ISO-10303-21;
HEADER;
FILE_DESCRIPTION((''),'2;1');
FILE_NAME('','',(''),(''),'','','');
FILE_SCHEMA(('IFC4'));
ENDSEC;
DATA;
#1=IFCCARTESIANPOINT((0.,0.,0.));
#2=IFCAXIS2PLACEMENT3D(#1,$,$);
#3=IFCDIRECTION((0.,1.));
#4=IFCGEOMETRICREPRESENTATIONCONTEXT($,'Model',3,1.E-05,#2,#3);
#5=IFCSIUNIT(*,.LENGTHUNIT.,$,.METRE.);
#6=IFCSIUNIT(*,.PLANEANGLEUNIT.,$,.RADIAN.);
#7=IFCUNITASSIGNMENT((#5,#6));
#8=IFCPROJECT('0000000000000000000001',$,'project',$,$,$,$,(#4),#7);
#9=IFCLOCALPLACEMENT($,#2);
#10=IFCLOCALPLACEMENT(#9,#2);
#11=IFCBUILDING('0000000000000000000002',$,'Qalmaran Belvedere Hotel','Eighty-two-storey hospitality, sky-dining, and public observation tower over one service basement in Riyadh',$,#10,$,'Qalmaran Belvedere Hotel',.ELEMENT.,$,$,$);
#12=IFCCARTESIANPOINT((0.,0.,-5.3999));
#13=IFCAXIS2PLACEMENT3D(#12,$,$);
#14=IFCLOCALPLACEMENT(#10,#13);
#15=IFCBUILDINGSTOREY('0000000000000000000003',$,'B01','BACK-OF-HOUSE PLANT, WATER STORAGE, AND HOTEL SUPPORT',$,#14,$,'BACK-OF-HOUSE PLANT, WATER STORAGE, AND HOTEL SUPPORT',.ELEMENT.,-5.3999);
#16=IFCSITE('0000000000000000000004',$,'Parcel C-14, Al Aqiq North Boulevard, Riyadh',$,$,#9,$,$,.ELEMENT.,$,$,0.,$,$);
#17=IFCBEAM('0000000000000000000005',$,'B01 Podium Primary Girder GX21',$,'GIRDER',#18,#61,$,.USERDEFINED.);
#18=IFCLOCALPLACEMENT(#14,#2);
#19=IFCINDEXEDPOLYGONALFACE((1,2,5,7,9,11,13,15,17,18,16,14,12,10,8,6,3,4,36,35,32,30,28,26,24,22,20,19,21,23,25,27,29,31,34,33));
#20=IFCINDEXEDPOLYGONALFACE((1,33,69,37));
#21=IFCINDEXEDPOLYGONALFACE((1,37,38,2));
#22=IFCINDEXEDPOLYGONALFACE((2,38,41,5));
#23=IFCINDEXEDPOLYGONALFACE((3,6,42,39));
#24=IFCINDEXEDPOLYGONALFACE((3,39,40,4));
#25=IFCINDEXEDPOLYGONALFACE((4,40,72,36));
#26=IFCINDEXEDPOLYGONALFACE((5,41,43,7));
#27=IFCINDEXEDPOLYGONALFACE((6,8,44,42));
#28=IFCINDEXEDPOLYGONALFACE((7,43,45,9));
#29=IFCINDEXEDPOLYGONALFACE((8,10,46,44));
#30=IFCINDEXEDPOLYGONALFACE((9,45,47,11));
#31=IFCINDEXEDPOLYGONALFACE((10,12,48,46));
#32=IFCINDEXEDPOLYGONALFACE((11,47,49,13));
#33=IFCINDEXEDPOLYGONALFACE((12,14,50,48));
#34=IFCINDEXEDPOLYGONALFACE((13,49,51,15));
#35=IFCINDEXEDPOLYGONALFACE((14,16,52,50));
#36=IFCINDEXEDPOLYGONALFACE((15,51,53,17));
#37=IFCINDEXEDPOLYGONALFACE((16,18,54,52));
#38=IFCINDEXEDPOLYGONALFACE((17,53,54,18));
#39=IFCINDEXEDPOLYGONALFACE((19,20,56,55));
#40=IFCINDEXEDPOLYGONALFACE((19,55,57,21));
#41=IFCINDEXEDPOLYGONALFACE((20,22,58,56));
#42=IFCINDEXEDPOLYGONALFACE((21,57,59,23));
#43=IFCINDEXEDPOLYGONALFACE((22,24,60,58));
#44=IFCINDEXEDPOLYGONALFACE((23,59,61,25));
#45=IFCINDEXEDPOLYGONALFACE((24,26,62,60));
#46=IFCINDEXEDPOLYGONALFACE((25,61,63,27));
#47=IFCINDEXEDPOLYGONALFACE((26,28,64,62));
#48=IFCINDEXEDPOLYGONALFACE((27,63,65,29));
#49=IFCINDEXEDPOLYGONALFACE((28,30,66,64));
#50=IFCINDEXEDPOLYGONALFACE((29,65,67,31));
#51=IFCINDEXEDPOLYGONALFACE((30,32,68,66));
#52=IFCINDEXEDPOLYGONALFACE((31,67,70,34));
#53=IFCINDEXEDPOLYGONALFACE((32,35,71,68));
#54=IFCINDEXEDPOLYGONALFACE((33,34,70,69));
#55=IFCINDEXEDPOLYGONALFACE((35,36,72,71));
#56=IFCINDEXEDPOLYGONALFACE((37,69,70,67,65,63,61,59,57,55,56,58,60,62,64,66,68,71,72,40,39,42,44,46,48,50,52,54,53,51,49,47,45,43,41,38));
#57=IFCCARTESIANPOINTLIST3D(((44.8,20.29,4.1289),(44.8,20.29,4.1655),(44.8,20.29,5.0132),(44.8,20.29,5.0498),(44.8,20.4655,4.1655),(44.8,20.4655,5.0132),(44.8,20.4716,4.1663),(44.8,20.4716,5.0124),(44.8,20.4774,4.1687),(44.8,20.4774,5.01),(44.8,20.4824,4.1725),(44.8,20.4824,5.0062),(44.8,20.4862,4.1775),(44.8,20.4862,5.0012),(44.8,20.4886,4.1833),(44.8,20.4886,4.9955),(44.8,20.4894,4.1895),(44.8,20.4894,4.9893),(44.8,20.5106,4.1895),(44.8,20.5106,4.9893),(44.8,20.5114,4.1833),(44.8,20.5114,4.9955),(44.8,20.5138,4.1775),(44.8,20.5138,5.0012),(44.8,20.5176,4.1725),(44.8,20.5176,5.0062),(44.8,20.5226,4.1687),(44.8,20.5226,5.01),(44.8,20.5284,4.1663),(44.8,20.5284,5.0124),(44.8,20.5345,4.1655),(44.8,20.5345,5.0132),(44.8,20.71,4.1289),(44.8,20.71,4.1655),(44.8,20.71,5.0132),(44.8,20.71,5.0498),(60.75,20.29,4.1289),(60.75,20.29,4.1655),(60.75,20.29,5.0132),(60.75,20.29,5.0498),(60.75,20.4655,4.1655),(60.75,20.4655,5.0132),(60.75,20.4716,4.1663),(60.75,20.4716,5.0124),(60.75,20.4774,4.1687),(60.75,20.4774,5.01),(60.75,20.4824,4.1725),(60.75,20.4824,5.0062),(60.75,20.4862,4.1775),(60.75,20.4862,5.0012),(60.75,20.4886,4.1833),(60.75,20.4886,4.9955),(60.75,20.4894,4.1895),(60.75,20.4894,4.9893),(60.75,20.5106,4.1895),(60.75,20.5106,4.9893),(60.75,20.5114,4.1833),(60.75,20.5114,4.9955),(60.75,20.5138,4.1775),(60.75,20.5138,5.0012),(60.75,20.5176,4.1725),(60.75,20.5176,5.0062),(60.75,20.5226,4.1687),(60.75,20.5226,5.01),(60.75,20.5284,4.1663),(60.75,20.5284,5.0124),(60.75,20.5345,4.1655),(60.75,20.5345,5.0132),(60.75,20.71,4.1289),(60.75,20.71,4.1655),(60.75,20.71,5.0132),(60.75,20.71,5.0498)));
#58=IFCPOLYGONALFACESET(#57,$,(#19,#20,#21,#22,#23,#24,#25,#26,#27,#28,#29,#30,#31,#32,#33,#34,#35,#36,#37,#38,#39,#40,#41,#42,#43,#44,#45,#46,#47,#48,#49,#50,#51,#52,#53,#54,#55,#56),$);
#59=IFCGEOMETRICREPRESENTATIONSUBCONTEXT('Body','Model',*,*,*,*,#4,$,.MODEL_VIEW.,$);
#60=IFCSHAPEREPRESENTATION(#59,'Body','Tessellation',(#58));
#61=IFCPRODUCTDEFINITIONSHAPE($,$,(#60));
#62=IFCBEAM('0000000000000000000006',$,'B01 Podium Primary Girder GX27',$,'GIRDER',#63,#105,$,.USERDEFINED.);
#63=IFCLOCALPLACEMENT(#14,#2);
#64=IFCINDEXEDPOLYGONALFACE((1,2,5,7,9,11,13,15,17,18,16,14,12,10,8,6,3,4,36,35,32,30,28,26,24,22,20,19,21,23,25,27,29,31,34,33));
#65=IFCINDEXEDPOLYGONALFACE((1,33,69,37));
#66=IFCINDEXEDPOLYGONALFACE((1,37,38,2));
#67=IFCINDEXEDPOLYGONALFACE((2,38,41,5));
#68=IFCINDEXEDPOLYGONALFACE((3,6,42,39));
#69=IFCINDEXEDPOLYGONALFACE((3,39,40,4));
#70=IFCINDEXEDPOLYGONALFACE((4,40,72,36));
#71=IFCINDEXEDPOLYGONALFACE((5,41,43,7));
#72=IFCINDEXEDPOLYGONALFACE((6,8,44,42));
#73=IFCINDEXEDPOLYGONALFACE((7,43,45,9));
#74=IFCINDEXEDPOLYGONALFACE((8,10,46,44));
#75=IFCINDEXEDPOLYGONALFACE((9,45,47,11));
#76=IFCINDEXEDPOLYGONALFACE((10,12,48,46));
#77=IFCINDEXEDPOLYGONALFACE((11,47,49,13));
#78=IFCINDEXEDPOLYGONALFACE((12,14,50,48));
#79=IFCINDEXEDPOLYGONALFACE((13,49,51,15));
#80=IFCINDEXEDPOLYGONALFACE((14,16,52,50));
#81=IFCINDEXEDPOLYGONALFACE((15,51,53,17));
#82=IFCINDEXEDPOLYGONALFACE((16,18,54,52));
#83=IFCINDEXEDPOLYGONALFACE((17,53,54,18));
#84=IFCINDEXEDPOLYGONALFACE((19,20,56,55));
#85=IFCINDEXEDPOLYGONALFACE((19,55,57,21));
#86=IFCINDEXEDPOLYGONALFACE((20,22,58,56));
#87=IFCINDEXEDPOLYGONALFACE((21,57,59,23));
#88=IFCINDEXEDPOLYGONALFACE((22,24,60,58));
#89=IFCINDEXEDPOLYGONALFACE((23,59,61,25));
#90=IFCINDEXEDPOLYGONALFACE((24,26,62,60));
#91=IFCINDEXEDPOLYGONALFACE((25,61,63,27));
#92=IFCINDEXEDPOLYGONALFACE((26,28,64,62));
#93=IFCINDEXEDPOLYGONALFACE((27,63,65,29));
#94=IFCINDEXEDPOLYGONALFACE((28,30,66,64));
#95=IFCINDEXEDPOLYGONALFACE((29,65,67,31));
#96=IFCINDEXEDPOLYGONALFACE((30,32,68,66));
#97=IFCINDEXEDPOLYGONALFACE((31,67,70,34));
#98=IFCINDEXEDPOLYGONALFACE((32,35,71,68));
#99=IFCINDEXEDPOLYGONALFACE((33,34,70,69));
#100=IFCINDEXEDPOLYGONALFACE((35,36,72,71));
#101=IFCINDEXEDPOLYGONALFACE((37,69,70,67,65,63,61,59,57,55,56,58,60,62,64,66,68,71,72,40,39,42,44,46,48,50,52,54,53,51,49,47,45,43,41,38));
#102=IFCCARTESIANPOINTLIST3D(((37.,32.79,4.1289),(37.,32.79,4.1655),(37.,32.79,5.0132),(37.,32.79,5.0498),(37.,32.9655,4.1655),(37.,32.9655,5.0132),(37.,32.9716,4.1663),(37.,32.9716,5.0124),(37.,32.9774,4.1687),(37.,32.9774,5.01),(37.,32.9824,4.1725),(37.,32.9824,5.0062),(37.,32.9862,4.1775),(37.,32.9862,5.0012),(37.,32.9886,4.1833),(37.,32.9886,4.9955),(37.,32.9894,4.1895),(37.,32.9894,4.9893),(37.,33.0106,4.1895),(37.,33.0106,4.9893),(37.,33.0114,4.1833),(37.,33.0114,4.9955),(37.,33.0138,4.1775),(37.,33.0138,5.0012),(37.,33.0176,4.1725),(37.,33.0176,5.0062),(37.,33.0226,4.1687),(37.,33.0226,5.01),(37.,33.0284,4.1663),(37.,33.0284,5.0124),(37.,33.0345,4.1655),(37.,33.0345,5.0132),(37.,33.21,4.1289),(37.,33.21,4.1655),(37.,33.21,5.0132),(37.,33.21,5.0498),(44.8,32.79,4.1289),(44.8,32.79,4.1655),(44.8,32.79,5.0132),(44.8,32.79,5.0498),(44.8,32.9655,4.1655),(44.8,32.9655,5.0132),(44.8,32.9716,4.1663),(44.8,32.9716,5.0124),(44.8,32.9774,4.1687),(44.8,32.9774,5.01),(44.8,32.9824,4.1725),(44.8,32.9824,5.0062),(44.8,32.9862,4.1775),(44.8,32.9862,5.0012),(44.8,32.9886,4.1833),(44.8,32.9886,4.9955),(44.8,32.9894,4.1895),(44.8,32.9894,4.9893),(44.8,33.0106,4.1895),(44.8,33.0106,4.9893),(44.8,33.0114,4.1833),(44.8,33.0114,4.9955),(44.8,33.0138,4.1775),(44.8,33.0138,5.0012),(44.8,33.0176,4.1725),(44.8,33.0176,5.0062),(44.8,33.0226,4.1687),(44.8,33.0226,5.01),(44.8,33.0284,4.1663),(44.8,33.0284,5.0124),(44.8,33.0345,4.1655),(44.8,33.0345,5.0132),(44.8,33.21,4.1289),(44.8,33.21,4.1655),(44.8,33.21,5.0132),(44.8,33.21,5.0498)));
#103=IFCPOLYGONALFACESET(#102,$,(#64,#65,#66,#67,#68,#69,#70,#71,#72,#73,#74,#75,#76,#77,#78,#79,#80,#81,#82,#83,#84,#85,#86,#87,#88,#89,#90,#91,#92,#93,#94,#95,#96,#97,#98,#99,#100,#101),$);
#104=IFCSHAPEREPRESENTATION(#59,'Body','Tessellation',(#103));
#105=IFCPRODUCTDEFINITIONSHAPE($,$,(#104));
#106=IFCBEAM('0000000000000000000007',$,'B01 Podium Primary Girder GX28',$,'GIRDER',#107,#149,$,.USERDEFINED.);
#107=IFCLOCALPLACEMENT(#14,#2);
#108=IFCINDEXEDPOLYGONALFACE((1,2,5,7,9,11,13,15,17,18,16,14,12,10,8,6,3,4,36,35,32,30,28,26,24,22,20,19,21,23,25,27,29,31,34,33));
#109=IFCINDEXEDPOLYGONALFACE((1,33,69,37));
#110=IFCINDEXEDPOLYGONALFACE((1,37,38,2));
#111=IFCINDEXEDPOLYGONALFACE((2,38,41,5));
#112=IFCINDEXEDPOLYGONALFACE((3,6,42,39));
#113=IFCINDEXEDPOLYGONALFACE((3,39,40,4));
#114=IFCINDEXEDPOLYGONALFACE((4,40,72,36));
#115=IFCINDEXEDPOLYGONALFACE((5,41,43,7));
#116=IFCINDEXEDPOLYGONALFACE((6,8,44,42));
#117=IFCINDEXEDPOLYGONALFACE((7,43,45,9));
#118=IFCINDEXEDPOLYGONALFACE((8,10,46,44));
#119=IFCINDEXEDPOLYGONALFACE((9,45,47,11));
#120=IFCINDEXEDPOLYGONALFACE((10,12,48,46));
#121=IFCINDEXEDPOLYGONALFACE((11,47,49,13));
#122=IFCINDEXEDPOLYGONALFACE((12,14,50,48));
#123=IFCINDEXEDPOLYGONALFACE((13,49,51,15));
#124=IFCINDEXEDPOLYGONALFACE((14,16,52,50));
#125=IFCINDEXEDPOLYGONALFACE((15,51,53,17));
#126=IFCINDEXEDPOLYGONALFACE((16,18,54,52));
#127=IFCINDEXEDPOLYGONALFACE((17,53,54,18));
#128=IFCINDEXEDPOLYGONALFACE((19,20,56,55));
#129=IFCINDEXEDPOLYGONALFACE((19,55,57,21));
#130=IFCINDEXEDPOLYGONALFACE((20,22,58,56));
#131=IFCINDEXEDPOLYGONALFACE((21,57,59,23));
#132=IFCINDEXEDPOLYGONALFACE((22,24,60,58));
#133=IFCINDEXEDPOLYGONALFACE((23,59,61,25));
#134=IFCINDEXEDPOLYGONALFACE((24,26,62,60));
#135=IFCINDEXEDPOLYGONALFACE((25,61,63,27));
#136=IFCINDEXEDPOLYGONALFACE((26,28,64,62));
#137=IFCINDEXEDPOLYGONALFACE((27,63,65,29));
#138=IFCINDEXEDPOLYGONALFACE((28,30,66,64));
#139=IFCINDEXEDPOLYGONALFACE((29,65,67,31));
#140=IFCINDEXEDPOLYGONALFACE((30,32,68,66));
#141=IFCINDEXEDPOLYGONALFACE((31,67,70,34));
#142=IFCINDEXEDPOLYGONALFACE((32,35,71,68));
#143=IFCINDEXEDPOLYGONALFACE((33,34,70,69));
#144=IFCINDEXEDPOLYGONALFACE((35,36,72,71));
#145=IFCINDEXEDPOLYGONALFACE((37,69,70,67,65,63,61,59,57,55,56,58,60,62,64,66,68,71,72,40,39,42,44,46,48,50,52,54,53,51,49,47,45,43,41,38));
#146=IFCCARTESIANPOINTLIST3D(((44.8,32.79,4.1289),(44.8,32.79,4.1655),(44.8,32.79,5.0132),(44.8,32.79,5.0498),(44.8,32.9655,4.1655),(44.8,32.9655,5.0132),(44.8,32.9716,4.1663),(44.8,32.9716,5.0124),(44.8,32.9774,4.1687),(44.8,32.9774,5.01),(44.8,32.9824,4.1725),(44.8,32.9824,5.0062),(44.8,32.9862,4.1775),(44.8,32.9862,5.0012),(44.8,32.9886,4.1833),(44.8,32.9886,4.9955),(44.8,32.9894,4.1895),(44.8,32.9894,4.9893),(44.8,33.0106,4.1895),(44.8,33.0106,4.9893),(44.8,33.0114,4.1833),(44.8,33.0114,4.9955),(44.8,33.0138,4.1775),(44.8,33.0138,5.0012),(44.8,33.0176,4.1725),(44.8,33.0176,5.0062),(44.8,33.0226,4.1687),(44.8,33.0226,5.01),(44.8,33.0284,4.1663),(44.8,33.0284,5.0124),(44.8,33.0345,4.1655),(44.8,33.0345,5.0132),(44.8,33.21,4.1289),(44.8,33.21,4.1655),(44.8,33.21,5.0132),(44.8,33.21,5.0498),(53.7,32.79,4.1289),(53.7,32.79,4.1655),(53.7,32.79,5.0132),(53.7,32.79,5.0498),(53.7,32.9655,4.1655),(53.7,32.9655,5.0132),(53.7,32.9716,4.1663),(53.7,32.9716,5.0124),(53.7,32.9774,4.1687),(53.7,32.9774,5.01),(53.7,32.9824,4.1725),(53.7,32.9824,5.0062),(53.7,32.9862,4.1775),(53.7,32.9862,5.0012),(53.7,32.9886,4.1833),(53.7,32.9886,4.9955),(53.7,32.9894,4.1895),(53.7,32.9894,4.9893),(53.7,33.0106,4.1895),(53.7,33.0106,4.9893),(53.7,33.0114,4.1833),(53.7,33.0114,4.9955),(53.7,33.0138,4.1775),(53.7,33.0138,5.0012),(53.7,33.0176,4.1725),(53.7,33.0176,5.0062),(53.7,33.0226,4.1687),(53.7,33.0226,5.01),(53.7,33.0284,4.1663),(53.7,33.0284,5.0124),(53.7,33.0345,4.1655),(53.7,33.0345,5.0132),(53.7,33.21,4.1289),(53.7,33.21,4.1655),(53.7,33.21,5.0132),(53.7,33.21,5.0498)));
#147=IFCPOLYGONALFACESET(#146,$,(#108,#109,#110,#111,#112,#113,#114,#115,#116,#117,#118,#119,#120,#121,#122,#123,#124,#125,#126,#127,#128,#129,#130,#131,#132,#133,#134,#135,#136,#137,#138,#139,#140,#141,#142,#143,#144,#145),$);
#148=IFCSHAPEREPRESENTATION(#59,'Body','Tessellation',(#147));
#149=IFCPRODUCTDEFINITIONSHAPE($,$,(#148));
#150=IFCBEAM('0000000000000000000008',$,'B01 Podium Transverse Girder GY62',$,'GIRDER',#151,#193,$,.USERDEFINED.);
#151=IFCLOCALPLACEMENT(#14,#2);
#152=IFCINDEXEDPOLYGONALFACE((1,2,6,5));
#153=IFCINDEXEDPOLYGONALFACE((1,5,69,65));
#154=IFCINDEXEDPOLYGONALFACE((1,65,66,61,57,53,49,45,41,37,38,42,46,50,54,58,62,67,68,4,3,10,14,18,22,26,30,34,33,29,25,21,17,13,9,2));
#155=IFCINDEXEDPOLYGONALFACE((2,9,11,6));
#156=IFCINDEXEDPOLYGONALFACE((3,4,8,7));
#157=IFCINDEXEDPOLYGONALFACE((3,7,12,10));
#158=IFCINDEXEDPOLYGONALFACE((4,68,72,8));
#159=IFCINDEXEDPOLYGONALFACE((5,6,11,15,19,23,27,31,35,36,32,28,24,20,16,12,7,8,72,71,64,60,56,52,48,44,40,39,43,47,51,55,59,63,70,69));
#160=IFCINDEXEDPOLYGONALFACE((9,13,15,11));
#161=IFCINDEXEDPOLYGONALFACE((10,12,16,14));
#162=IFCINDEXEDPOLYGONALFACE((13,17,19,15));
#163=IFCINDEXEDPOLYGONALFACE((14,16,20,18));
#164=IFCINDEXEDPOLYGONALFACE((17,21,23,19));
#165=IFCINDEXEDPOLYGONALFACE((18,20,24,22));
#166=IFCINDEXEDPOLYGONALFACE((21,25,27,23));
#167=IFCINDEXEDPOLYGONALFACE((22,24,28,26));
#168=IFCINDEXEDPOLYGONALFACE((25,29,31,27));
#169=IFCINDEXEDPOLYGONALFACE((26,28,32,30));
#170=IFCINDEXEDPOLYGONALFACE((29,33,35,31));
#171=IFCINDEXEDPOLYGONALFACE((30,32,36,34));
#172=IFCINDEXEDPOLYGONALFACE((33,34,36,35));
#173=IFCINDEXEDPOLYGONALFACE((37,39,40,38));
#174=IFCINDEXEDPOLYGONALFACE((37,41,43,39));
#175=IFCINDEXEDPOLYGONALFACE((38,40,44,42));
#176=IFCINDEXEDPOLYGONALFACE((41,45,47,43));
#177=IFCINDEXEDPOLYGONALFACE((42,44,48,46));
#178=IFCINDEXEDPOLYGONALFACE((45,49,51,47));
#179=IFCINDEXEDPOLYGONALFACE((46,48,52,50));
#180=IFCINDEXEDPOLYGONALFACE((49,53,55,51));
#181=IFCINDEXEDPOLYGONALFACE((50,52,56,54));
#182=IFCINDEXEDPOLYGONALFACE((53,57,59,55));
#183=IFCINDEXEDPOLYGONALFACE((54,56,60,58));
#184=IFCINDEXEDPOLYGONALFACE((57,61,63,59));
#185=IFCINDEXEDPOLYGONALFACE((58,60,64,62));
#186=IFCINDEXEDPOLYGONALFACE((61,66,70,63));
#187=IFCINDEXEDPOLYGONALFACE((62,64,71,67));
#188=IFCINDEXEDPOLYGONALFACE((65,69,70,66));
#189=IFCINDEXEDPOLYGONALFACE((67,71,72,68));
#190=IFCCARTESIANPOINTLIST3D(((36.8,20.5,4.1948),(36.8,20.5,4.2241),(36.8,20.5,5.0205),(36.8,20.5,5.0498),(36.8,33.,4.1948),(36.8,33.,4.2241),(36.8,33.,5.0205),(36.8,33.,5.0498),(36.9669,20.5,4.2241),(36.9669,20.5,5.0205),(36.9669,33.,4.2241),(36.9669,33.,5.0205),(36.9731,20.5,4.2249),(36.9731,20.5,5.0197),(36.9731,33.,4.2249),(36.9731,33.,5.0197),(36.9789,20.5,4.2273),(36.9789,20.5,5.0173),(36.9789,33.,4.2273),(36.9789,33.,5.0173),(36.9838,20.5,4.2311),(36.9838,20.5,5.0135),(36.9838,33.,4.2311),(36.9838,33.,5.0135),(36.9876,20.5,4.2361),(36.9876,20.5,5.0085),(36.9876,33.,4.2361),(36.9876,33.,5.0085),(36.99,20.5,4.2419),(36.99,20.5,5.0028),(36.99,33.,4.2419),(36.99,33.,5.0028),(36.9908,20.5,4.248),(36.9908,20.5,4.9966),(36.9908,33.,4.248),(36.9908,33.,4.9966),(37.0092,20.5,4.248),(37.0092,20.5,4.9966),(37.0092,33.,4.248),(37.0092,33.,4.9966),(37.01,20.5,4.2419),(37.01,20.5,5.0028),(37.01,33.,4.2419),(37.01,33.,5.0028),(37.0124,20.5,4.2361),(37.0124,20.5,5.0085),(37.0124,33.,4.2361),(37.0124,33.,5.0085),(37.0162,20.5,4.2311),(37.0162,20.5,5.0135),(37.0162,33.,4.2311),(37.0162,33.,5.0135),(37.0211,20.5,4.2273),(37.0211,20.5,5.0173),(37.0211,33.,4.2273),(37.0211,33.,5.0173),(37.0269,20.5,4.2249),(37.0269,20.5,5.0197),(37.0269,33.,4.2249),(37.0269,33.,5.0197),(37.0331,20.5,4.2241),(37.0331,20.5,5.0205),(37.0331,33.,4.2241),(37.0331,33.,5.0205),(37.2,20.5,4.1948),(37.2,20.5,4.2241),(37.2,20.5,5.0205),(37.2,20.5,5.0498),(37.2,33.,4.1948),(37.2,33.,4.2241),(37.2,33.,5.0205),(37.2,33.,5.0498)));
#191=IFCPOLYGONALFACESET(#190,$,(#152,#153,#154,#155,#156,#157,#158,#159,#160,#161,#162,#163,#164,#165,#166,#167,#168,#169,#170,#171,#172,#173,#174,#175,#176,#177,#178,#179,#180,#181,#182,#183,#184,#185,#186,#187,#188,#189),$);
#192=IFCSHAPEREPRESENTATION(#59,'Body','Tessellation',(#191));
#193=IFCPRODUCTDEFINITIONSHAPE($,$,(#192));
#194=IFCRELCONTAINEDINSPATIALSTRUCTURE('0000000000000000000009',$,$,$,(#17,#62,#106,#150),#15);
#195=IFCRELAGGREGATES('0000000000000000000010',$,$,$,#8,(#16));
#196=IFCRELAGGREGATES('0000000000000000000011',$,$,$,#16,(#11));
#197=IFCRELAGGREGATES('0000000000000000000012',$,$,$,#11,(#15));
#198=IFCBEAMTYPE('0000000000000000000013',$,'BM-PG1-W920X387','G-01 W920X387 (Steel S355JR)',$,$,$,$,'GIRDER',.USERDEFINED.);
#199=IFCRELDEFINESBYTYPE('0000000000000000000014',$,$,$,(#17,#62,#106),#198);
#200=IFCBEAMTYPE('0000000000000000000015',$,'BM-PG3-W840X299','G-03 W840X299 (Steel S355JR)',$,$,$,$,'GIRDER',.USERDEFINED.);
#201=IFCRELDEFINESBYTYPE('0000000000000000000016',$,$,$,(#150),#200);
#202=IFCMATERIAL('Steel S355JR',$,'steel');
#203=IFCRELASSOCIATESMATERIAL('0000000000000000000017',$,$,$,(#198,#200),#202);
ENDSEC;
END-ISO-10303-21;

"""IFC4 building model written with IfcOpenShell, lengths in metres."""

from ifc_helpers import new_model, si_unit, direction, frame, origin, origin_2d, place, context, subcontext, project, spatial, i_section, extrude, material, material_profile, profile_set, type_object, element, save


model = new_model("IFC4")

# Units and contexts
model_context = context("Model", 3, precision=1e-05, world=origin(), true_north=direction((0.0, 1.0)))
body_context = subcontext(model_context, "Body", "Model", "MODEL_VIEW")
ifc_project = project(units=[si_unit("LENGTHUNIT", "METRE"), si_unit("PLANEANGLEUNIT", "RADIAN")], contexts=[model_context])

# Site, building, storey
site_placement = place(None, origin())
site = spatial("IfcSite", under=ifc_project, at=site_placement, Name="Parcel C-14, Al Aqiq North Boulevard, Riyadh", CompositionType="ELEMENT", RefElevation=0.0)
building_placement = place(site_placement, origin())
building = spatial("IfcBuilding", under=site, at=building_placement, Name="Qalmaran Belvedere Hotel", Description="Eighty-two-storey hospitality, sky-dining, and public observation tower over one service basement in Riyadh", LongName="Qalmaran Belvedere Hotel", CompositionType="ELEMENT")
storey_placement = place(building_placement, frame((0.0, 0.0, -5.3999)))
storey = spatial("IfcBuildingStorey", under=building, at=storey_placement, Name="B01", Description="BACK-OF-HOUSE PLANT, WATER STORAGE, AND HOTEL SUPPORT", LongName="BACK-OF-HOUSE PLANT, WATER STORAGE, AND HOTEL SUPPORT", CompositionType="ELEMENT", Elevation=-5.3999)

# Beams
ifc_material_1 = material(Name="Steel S355JR", Category="steel")
ifc_material_profile_1 = material_profile(ifc_material_1, i_section(OverallWidth=0.4199, OverallDepth=0.9209, WebThickness=0.0212, FlangeThickness=0.0366, FilletRadius=0.0239, at=origin_2d()), Name="W920X387")
ifc_profile_set_1 = profile_set([ifc_material_profile_1], Name="Steel S355JR")
beam_type_1 = type_object("IfcBeamType", Name="BM-PG1-W920X387", Description="G-01 W920X387 (Steel S355JR)", ElementType="GIRDER", PredefinedType="USERDEFINED", material=ifc_profile_set_1)
beam_1_placement = place(storey_placement, frame((44.8, 20.5, 4.5894), z_axis=(1.0, 0.0, 0.0), x_axis=(0.0, 1.0, 0.0)))
element("IfcBeam", 1, at=beam_1_placement, inside=storey, type_object=beam_type_1, Name="B01 Podium Primary Girder GX21", ObjectType="GIRDER", PredefinedType="USERDEFINED", context=body_context, shape_type="SweptSolid", body=[
    extrude(i_section(OverallWidth=0.4199, OverallDepth=0.9209, WebThickness=0.0212, FlangeThickness=0.0366, FilletRadius=0.0239, at=origin_2d()), origin(), (0.0, 0.0, 1.0), 15.95),
])
beam_2_placement = place(storey_placement, frame((37.0, 33.0, 4.5894), z_axis=(1.0, 0.0, 0.0), x_axis=(0.0, 1.0, 0.0)))
element("IfcBeam", 2, at=beam_2_placement, inside=storey, type_object=beam_type_1, Name="B01 Podium Primary Girder GX27", ObjectType="GIRDER", PredefinedType="USERDEFINED", context=body_context, shape_type="SweptSolid", body=[
    extrude(i_section(OverallWidth=0.4199, OverallDepth=0.9209, WebThickness=0.0212, FlangeThickness=0.0366, FilletRadius=0.0239, at=origin_2d()), origin(), (0.0, 0.0, 1.0), 7.8),
])
beam_3_placement = place(storey_placement, frame((44.8, 33.0, 4.5894), z_axis=(1.0, 0.0, 0.0), x_axis=(0.0, 1.0, 0.0)))
element("IfcBeam", 3, at=beam_3_placement, inside=storey, type_object=beam_type_1, Name="B01 Podium Primary Girder GX28", ObjectType="GIRDER", PredefinedType="USERDEFINED", context=body_context, shape_type="SweptSolid", body=[
    extrude(i_section(OverallWidth=0.4199, OverallDepth=0.9209, WebThickness=0.0212, FlangeThickness=0.0366, FilletRadius=0.0239, at=origin_2d()), origin(), (0.0, 0.0, 1.0), 8.8999),
])
ifc_material_profile_2 = material_profile(ifc_material_1, i_section(OverallWidth=0.3999, OverallDepth=0.855, WebThickness=0.0183, FlangeThickness=0.0293, FilletRadius=0.0239, at=origin_2d()), Name="W840X299")
ifc_profile_set_2 = profile_set([ifc_material_profile_2], Name="Steel S355JR")
beam_type_2 = type_object("IfcBeamType", Name="BM-PG3-W840X299", Description="G-03 W840X299 (Steel S355JR)", ElementType="GIRDER", PredefinedType="USERDEFINED", material=ifc_profile_set_2)
beam_4_placement = place(storey_placement, frame((37.0, 20.5, 4.6223), z_axis=(0.0, 1.0, 0.0), x_axis=(-1.0, 0.0, 0.0)))
element("IfcBeam", 4, at=beam_4_placement, inside=storey, type_object=beam_type_2, Name="B01 Podium Transverse Girder GY62", ObjectType="GIRDER", PredefinedType="USERDEFINED", context=body_context, shape_type="SweptSolid", body=[
    extrude(i_section(OverallWidth=0.3999, OverallDepth=0.855, WebThickness=0.0183, FlangeThickness=0.0293, FilletRadius=0.0239, at=origin_2d()), origin(), (0.0, 0.0, 1.0), 12.5),
])

save(model, "model.ifc")
